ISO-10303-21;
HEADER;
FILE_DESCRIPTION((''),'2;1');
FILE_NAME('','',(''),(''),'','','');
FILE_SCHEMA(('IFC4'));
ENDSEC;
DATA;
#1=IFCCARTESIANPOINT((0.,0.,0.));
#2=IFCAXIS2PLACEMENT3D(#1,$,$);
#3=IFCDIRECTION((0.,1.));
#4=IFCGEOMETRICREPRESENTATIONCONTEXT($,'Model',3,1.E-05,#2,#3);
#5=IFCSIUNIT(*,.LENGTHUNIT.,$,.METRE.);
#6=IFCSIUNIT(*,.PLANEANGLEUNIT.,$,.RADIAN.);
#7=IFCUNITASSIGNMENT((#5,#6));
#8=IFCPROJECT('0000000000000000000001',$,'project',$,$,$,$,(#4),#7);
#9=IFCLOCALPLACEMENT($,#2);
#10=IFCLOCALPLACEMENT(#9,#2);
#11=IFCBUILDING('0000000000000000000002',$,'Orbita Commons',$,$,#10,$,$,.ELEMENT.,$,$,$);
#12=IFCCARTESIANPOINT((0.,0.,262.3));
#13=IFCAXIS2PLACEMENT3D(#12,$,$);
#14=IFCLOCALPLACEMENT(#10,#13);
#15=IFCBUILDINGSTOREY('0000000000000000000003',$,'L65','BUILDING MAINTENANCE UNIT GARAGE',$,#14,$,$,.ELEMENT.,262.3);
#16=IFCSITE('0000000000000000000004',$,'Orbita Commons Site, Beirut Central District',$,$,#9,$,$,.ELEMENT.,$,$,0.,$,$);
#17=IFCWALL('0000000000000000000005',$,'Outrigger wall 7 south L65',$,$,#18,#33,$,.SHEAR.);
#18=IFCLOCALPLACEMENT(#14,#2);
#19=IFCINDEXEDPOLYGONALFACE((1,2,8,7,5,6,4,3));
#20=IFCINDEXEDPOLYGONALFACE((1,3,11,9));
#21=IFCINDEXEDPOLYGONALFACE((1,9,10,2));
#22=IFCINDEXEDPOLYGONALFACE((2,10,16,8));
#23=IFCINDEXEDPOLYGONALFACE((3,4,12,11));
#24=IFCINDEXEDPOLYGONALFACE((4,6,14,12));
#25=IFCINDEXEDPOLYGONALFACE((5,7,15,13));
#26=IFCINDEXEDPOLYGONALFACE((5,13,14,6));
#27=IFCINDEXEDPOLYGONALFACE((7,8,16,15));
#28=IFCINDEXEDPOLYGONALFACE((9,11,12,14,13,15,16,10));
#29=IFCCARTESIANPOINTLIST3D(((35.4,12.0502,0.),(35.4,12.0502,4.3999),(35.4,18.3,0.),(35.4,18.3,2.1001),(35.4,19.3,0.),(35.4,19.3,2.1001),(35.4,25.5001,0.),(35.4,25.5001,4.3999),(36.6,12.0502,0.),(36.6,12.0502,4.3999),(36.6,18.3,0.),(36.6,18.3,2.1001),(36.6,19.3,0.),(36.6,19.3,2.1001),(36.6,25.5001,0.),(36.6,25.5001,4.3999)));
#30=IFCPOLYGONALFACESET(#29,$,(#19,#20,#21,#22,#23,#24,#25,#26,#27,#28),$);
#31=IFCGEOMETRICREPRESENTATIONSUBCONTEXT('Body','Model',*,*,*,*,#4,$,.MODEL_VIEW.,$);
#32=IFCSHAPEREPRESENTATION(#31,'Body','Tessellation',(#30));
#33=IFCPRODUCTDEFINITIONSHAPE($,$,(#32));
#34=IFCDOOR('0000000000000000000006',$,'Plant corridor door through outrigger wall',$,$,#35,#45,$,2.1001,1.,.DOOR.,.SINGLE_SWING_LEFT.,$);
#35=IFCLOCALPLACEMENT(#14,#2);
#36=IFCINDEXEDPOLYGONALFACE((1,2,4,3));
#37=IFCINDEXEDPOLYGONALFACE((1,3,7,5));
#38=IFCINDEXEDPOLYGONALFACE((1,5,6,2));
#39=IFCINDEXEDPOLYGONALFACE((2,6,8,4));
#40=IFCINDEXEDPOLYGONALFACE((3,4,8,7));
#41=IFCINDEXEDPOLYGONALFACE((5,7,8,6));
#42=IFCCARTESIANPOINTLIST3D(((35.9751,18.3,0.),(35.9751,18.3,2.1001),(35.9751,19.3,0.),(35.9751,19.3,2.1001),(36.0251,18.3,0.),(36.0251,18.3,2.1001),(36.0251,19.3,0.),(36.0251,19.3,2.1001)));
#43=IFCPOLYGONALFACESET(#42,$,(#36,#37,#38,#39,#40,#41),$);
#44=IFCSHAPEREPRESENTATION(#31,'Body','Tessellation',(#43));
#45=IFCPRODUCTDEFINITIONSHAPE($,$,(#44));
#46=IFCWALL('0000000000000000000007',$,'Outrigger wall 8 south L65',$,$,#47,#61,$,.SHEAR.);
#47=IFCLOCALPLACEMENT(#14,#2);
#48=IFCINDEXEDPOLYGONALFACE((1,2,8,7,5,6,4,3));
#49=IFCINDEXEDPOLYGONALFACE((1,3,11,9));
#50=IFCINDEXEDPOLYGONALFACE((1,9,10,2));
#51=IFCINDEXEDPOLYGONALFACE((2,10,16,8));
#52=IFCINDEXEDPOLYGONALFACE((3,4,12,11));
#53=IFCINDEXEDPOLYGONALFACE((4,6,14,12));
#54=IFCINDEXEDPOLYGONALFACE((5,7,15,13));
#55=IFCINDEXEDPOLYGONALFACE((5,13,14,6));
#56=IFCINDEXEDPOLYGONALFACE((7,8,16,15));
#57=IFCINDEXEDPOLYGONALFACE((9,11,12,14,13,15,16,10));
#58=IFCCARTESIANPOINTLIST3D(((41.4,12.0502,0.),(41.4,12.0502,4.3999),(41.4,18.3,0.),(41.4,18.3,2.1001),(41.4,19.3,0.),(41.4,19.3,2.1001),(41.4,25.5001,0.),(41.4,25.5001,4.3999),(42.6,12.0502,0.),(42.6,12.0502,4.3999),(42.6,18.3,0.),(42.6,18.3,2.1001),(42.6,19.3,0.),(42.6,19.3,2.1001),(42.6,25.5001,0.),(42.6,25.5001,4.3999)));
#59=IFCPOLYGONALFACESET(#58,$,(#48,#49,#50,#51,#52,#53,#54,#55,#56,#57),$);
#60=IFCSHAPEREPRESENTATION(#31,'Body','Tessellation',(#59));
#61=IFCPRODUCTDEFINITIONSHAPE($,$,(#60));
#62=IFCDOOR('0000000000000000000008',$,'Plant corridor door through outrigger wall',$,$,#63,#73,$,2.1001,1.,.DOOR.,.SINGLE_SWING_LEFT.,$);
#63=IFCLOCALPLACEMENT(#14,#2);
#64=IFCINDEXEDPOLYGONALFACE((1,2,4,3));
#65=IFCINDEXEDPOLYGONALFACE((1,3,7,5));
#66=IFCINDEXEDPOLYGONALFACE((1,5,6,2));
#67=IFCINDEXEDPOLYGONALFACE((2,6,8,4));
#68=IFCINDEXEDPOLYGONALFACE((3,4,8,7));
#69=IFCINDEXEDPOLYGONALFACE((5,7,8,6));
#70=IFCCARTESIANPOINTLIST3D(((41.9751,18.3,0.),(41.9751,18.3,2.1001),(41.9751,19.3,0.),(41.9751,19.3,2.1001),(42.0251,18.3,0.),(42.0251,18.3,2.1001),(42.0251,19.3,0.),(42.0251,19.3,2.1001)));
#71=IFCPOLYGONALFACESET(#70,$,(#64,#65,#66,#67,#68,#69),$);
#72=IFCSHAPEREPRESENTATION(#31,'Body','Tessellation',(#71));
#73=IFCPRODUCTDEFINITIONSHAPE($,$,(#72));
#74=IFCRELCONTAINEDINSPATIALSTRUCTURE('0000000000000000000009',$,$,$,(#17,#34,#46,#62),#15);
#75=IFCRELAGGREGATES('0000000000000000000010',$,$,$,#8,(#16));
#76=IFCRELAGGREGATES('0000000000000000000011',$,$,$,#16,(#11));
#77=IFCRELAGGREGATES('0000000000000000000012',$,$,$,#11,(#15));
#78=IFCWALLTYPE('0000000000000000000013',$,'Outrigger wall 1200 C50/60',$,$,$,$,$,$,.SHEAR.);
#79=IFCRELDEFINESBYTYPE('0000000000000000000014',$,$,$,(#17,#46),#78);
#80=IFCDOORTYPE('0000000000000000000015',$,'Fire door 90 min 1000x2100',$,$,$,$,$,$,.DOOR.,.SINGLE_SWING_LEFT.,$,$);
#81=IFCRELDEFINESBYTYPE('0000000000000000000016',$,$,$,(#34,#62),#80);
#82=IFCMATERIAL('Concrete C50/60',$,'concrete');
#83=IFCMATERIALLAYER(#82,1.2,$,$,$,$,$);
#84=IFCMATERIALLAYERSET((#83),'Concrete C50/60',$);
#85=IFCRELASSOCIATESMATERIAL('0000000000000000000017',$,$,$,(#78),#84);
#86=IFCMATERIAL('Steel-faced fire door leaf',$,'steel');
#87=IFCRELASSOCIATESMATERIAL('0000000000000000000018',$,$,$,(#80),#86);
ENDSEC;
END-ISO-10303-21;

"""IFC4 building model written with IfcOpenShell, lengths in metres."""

from ifc_helpers import new_model, si_unit, direction, frame, frame_2d, origin, place, context, subcontext, project, spatial, rectangle, extrude, material, layer, layer_set, type_object, element, fill, save


model = new_model("IFC4")

# Units and contexts
model_context = context("Model", 3, precision=1e-05, world=origin(), true_north=direction((0.0, 1.0)))
body_context = subcontext(model_context, "Body", "Model", "MODEL_VIEW")
ifc_project = project(units=[si_unit("LENGTHUNIT", "METRE"), si_unit("PLANEANGLEUNIT", "RADIAN")], contexts=[model_context])

# Site, building, storey
site_placement = place(None, origin())
site = spatial("IfcSite", under=ifc_project, at=site_placement, Name="Orbita Commons Site, Beirut Central District", CompositionType="ELEMENT", RefElevation=0.0)
building_placement = place(site_placement, origin())
building = spatial("IfcBuilding", under=site, at=building_placement, Name="Orbita Commons", CompositionType="ELEMENT")
storey_placement = place(building_placement, frame((0.0, 0.0, 262.3)))
storey = spatial("IfcBuildingStorey", under=building, at=storey_placement, Name="L65", Description="BUILDING MAINTENANCE UNIT GARAGE", CompositionType="ELEMENT", Elevation=262.3)

# Walls, openings, doors
ifc_material_1 = material(Name="Concrete C50/60", Category="concrete")
ifc_layer_1 = layer(ifc_material_1, 1.2)
ifc_layer_set_1 = layer_set([ifc_layer_1], Name="Concrete C50/60")
wall_type_1 = type_object("IfcWallType", Name="Outrigger wall 1200 C50/60", PredefinedType="SHEAR", material=ifc_layer_set_1)
wall_1_placement = place(storey_placement, frame((36.0, 12.05, 0.0), z_axis=(0.0, 0.0, 1.0), x_axis=(0.0, 1.0, 0.0)))
wall_1 = element("IfcWall", 1, at=wall_1_placement, inside=storey, type_object=wall_type_1, Name="Outrigger wall 7 south L65", PredefinedType="SHEAR", context=body_context, shape_type="SweptSolid", body=[
    extrude(rectangle(XDim=13.45, YDim=1.2, at=frame_2d((6.7251, 0.0))), origin(), (0.0, 0.0, 1.0), 4.3999),
])
opening_1_placement = place(wall_1_placement, frame((6.25, 0.0, 0.0)))
opening_1 = element("IfcOpeningElement", 2, at=opening_1_placement, cuts=wall_1, PredefinedType="OPENING", context=body_context, shape_type="SweptSolid", body=[
    extrude(rectangle(XDim=1.0, YDim=2.1001, at=frame_2d((0.5, 1.05))), frame((0.0, 0.6099, 0.0), z_axis=(0.0, -1.0, 0.0), x_axis=(1.0, 0.0, 0.0)), (0.0, 0.0, 1.0), 1.22),
])
ifc_material_2 = material(Name="Steel-faced fire door leaf", Category="steel")
door_type_1 = type_object("IfcDoorType", Name="Fire door 90 min 1000x2100", OperationType="SINGLE_SWING_LEFT", PredefinedType="DOOR", material=ifc_material_2)
door_1_placement = place(opening_1_placement, origin())
door_1 = element("IfcDoor", 3, at=door_1_placement, inside=storey, type_object=door_type_1, Name="Plant corridor door through outrigger wall", OperationType="SINGLE_SWING_LEFT", OverallHeight=2.1001, OverallWidth=1.0, PredefinedType="DOOR", context=body_context, shape_type="SweptSolid", body=[
    extrude(rectangle(XDim=1.0, YDim=2.1001, at=frame_2d((0.5, 1.05))), frame((0.0, 0.0249, 0.0), z_axis=(0.0, -1.0, 0.0), x_axis=(1.0, 0.0, 0.0)), (0.0, 0.0, 1.0), 0.05),
])
fill(opening_1, door_1)
wall_2_placement = place(storey_placement, frame((42.0, 12.05, 0.0), z_axis=(0.0, 0.0, 1.0), x_axis=(0.0, 1.0, 0.0)))
wall_2 = element("IfcWall", 4, at=wall_2_placement, inside=storey, type_object=wall_type_1, Name="Outrigger wall 8 south L65", PredefinedType="SHEAR", context=body_context, shape_type="SweptSolid", body=[
    extrude(rectangle(XDim=13.45, YDim=1.2, at=frame_2d((6.7251, 0.0))), origin(), (0.0, 0.0, 1.0), 4.3999),
])
opening_2_placement = place(wall_2_placement, frame((6.25, 0.0, 0.0)))
opening_2 = element("IfcOpeningElement", 5, at=opening_2_placement, cuts=wall_2, PredefinedType="OPENING", context=body_context, shape_type="SweptSolid", body=[
    extrude(rectangle(XDim=1.0, YDim=2.1001, at=frame_2d((0.5, 1.05))), frame((0.0, 0.6099, 0.0), z_axis=(0.0, -1.0, 0.0), x_axis=(1.0, 0.0, 0.0)), (0.0, 0.0, 1.0), 1.22),
])
door_2_placement = place(opening_2_placement, origin())
door_2 = element("IfcDoor", 6, at=door_2_placement, inside=storey, type_object=door_type_1, Name="Plant corridor door through outrigger wall", OperationType="SINGLE_SWING_LEFT", OverallHeight=2.1001, OverallWidth=1.0, PredefinedType="DOOR", context=body_context, shape_type="SweptSolid", body=[
    extrude(rectangle(XDim=1.0, YDim=2.1001, at=frame_2d((0.5, 1.05))), frame((0.0, 0.0249, 0.0), z_axis=(0.0, -1.0, 0.0), x_axis=(1.0, 0.0, 0.0)), (0.0, 0.0, 1.0), 0.05),
])
fill(opening_2, door_2)

save(model, "model.ifc")
